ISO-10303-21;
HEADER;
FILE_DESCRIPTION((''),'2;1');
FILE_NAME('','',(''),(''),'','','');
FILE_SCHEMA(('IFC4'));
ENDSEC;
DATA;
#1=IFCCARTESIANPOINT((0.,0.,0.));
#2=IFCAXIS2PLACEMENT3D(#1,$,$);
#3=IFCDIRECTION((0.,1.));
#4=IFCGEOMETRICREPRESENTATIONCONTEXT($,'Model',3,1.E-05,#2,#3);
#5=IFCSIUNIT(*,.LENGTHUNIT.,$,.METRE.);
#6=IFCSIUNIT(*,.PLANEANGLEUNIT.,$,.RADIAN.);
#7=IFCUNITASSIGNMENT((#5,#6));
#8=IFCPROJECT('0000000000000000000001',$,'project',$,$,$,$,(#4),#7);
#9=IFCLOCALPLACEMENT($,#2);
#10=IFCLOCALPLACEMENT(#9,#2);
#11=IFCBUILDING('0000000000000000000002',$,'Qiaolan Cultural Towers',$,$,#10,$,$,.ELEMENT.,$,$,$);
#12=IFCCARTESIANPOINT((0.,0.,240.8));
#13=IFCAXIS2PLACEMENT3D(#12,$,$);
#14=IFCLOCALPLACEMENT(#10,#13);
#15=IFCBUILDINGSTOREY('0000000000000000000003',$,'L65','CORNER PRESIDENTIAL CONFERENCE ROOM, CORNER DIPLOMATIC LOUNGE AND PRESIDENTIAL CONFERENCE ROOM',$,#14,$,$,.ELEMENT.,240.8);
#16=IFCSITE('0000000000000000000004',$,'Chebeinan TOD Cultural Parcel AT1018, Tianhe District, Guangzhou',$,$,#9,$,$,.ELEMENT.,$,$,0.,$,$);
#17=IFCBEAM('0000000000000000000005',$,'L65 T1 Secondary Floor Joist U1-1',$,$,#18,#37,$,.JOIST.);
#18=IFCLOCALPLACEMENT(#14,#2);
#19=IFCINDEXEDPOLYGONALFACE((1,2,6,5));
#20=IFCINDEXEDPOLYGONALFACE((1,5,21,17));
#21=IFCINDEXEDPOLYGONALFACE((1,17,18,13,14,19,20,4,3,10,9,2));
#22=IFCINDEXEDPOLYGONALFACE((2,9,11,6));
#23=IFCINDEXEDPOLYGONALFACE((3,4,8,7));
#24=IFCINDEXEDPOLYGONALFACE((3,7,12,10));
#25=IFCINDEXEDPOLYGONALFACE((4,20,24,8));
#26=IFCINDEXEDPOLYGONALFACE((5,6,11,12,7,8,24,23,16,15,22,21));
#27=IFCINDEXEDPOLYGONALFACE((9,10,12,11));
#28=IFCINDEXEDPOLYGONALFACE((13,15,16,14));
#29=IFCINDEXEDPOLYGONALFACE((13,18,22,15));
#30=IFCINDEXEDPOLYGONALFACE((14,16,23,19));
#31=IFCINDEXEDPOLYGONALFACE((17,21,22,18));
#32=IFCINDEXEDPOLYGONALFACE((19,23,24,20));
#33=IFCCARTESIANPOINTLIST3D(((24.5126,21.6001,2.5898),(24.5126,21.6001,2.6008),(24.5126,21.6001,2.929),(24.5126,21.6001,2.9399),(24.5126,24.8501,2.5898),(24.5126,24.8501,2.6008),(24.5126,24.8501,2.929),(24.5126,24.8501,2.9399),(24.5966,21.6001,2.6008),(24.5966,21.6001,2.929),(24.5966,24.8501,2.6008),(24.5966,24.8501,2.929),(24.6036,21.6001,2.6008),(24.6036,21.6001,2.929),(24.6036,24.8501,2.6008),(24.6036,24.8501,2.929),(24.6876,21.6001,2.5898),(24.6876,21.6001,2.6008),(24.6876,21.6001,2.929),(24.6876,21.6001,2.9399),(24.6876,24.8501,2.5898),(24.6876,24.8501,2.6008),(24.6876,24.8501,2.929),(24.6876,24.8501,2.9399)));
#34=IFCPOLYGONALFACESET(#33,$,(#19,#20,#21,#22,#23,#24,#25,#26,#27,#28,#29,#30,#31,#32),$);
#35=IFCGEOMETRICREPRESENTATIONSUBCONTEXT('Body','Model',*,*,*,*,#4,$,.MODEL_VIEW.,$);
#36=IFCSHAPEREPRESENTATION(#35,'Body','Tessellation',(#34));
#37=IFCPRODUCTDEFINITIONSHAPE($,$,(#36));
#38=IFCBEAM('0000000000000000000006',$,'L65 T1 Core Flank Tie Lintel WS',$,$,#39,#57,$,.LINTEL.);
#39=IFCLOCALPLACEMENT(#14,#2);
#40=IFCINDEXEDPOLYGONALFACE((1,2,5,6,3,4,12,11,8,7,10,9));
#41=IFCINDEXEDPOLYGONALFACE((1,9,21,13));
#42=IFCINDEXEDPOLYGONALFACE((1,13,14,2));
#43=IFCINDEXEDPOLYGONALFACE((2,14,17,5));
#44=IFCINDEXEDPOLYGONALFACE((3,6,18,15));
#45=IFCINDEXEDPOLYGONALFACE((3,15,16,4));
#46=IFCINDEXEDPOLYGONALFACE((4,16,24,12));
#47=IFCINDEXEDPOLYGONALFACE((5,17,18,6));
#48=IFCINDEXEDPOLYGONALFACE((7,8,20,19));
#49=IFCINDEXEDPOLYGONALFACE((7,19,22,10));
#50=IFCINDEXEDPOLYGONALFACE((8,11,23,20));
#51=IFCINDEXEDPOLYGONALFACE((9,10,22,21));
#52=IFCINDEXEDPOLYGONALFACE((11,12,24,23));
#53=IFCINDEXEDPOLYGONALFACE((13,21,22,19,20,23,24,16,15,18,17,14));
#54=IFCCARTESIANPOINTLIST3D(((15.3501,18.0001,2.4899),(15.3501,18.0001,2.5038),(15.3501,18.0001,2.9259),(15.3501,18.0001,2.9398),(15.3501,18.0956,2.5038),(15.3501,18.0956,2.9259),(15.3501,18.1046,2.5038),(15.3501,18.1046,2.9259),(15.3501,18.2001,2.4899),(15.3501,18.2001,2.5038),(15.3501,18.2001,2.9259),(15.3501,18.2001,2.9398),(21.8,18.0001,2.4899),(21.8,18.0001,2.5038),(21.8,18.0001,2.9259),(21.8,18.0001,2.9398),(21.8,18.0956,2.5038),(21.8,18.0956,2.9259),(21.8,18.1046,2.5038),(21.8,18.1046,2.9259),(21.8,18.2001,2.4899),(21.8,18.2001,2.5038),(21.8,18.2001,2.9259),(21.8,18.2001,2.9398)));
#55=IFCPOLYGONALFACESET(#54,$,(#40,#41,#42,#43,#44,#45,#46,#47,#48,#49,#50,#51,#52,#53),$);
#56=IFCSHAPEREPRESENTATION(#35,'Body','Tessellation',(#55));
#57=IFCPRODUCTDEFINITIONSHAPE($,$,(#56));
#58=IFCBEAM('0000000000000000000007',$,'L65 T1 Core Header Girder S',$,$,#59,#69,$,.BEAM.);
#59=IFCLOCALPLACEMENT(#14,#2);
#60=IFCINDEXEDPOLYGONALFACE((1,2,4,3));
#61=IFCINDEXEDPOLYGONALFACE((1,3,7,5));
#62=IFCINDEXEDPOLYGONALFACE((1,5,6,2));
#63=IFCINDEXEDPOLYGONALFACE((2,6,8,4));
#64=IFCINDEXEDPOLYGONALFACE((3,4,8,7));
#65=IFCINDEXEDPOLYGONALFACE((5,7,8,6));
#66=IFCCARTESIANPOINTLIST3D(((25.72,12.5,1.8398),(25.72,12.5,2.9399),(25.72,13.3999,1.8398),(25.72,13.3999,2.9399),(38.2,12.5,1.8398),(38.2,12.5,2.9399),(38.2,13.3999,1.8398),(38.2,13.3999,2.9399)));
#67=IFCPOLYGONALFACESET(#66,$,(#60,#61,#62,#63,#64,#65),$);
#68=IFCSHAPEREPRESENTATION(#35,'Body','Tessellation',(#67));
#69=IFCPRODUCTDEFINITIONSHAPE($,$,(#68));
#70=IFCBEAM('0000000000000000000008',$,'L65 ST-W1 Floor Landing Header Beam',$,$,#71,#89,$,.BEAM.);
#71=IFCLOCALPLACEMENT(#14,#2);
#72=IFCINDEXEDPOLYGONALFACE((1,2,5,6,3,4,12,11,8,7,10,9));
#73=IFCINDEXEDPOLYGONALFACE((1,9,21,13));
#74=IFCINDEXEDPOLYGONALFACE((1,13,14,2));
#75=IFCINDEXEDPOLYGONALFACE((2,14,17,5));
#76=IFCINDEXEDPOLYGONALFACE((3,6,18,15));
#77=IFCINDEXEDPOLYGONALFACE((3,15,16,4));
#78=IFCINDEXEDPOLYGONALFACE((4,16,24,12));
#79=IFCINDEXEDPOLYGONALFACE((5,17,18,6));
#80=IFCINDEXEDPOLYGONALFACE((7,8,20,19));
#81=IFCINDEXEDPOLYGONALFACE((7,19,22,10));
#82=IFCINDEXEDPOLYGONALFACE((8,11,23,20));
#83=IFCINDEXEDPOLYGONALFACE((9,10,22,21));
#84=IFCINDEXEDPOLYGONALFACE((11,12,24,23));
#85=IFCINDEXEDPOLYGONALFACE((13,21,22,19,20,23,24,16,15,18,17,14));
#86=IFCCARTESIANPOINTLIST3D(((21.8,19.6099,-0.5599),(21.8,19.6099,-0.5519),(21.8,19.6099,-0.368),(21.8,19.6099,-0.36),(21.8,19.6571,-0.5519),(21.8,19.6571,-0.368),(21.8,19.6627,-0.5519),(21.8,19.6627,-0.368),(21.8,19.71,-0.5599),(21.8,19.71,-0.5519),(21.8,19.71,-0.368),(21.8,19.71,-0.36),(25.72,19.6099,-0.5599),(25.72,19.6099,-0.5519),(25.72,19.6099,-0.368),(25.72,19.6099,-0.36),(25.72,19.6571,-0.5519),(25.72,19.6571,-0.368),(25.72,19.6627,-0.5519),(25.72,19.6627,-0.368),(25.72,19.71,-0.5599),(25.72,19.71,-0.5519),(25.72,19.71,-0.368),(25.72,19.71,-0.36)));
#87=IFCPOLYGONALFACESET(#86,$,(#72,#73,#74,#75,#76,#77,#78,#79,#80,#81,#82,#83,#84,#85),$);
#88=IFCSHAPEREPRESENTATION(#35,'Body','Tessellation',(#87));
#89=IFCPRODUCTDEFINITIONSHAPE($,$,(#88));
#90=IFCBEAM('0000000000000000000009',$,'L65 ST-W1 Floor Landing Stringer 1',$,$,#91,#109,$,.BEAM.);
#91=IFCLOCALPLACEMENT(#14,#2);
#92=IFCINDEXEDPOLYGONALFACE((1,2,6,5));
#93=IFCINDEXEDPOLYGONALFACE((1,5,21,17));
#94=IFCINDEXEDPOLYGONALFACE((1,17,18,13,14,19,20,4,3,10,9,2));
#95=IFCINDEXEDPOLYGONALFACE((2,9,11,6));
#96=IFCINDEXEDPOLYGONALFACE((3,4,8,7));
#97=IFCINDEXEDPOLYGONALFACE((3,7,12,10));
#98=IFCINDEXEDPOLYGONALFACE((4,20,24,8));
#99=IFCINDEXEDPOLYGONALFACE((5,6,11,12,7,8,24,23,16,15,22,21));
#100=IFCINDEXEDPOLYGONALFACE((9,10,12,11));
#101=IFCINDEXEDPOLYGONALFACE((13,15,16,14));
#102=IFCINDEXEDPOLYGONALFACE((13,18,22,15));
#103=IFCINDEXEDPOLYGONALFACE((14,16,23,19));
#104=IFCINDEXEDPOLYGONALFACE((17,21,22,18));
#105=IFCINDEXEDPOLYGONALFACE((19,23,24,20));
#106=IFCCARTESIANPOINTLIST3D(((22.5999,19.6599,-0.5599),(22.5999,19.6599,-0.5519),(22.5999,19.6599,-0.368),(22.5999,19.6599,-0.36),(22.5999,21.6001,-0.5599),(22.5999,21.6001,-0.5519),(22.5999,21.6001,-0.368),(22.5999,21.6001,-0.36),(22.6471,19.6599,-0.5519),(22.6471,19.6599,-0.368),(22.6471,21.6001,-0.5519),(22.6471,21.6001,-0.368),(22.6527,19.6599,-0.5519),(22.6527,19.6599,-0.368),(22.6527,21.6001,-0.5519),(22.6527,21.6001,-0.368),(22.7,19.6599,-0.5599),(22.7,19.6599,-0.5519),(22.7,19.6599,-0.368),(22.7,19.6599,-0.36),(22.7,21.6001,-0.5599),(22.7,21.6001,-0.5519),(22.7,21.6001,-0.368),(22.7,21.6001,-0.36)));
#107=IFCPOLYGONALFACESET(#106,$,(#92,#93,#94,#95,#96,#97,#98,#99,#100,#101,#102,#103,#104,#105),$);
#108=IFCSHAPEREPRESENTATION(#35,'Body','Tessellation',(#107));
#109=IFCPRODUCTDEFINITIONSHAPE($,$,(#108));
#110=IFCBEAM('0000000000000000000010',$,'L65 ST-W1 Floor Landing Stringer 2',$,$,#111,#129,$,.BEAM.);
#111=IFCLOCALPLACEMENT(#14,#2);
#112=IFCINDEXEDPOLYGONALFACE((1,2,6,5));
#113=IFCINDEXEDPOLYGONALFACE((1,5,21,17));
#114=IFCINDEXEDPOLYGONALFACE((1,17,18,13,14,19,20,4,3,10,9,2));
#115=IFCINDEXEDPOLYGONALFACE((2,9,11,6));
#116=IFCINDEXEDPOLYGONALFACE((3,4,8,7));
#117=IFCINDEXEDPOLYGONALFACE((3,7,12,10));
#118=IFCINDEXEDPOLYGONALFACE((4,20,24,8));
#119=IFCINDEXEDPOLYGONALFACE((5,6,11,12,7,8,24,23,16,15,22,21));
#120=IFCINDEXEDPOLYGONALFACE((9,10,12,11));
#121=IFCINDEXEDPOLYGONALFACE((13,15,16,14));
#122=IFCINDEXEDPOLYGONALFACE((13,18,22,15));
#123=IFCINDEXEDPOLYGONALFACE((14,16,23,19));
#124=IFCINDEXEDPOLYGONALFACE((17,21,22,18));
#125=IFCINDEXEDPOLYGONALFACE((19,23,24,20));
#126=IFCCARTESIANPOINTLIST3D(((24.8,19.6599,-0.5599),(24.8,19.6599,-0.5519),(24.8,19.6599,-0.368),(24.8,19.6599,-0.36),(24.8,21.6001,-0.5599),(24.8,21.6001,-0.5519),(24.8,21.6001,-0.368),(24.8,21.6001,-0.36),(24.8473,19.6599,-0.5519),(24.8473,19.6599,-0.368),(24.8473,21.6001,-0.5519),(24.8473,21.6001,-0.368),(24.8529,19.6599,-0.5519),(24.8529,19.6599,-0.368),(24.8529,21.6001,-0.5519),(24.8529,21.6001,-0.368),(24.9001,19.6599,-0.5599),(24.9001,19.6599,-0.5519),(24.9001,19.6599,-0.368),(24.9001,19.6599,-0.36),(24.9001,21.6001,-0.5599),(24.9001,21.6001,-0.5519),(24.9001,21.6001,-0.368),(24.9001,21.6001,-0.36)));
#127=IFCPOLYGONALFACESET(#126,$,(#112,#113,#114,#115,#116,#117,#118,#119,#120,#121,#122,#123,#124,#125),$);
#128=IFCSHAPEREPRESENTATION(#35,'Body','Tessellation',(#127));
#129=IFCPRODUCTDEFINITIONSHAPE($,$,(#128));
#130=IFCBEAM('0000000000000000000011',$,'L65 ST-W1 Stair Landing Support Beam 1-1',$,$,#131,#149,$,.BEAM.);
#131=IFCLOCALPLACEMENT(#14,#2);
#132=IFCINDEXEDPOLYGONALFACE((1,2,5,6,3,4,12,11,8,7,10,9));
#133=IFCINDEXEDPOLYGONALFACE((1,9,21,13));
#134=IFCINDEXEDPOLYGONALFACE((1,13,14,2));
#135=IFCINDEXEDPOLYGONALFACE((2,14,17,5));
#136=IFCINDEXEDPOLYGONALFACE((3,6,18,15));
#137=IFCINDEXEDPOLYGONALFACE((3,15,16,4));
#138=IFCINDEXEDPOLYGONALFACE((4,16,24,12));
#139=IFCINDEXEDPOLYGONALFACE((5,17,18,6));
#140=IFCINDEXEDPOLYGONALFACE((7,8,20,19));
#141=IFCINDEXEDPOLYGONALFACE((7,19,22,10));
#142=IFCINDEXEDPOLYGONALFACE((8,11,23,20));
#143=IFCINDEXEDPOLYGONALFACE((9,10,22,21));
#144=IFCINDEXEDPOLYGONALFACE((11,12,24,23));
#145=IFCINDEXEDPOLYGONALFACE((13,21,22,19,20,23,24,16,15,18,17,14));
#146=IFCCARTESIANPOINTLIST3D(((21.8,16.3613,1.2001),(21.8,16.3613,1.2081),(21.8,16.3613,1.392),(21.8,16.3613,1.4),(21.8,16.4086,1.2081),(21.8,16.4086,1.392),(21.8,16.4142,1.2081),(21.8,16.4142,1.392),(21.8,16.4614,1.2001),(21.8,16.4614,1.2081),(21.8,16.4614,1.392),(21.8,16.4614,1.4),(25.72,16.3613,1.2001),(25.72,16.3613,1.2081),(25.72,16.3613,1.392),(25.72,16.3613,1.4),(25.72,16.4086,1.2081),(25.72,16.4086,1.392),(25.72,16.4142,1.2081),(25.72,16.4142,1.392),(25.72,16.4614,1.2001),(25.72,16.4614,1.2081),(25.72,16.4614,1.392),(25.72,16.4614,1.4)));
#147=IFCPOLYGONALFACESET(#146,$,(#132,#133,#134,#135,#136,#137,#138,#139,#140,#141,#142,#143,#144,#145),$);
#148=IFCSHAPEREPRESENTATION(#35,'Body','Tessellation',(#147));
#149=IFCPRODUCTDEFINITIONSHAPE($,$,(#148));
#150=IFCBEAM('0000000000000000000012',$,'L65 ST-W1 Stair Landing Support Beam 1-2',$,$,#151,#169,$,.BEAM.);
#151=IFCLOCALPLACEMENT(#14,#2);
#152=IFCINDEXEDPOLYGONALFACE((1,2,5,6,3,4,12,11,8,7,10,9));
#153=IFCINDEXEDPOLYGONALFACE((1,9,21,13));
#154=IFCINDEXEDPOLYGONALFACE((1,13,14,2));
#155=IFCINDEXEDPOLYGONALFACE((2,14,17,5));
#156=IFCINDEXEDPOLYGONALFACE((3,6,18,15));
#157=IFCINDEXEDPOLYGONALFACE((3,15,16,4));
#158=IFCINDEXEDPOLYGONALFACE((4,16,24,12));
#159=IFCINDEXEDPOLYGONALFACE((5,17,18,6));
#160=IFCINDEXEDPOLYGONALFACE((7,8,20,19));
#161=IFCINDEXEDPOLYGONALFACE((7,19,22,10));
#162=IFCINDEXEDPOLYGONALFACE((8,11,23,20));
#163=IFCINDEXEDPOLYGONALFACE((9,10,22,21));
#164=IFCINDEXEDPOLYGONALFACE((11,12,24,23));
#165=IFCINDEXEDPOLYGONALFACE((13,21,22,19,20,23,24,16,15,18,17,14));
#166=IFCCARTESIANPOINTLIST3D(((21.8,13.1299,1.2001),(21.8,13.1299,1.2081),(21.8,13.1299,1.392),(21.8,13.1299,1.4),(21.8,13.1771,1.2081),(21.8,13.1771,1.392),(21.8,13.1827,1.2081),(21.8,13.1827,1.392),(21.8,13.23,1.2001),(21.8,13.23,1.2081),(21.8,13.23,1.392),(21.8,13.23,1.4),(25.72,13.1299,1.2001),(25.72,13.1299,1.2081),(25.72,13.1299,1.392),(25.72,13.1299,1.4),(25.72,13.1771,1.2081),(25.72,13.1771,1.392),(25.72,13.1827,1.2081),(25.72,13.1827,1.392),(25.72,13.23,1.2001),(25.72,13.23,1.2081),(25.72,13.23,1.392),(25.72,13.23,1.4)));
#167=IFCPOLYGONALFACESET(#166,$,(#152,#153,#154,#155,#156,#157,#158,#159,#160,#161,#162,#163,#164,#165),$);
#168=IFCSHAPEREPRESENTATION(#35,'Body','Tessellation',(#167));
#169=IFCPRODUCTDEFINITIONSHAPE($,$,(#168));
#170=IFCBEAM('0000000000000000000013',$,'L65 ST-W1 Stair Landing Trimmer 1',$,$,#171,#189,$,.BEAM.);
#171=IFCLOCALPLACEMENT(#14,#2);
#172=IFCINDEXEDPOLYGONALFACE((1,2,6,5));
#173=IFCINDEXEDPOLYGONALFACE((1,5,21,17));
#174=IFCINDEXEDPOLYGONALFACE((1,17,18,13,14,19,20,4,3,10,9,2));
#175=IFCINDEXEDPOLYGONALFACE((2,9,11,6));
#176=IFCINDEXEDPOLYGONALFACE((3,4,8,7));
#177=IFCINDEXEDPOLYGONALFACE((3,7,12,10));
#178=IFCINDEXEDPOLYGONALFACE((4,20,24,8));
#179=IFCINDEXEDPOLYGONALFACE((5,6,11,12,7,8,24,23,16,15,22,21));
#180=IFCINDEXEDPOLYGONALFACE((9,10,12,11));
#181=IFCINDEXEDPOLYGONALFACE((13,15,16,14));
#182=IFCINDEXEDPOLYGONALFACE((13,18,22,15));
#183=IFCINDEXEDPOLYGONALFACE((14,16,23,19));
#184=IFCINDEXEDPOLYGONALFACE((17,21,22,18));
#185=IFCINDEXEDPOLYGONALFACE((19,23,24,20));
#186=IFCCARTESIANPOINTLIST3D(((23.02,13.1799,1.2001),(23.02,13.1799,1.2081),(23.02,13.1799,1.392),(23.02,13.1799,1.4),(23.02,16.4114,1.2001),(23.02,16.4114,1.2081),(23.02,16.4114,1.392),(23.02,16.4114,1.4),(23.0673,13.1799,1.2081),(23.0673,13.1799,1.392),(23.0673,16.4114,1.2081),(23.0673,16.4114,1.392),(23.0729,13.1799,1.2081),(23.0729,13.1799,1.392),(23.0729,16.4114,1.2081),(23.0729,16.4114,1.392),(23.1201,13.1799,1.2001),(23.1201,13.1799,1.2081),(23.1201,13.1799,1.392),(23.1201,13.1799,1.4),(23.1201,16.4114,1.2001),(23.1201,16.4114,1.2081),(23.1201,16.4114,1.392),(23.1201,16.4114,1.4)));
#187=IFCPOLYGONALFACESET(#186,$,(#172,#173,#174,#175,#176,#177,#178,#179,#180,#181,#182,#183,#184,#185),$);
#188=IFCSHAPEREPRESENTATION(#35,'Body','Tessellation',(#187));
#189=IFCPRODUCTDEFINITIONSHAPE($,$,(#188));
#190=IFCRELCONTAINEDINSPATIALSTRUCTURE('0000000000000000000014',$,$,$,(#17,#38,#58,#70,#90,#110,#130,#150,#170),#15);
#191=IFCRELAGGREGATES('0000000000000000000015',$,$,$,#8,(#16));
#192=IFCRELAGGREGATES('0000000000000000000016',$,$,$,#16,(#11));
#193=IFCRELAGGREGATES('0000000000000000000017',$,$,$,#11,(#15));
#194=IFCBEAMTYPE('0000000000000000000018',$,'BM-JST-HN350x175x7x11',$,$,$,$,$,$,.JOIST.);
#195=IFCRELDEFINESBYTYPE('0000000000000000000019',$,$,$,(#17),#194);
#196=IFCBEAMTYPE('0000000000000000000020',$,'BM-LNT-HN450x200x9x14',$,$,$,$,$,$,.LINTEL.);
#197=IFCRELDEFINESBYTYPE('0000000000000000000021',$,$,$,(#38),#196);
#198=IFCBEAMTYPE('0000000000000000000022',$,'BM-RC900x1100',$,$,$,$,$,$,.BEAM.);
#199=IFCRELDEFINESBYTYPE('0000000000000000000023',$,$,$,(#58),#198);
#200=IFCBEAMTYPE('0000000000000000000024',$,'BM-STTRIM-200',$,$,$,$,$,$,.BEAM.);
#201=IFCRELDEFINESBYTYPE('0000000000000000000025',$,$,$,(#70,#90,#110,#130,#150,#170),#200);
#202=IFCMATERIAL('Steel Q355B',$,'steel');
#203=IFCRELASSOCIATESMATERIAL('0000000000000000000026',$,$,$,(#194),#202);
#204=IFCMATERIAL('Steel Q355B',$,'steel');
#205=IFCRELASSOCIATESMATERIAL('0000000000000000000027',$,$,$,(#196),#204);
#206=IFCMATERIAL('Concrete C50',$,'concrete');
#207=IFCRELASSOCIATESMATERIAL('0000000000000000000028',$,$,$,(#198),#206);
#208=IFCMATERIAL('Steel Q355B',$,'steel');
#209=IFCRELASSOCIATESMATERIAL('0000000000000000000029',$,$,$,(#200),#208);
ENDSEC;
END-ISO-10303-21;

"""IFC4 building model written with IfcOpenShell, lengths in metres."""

from ifc_helpers import new_model, si_unit, direction, frame, origin, origin_2d, place, context, subcontext, project, spatial, rectangle, i_section, extrude, material, material_profile, profile_set, type_object, element, save


model = new_model("IFC4")

# Units and contexts
model_context = context("Model", 3, precision=1e-05, world=origin(), true_north=direction((0.0, 1.0)))
body_context = subcontext(model_context, "Body", "Model", "MODEL_VIEW")
ifc_project = project(units=[si_unit("LENGTHUNIT", "METRE"), si_unit("PLANEANGLEUNIT", "RADIAN")], contexts=[model_context])

# Site, building, storey
site_placement = place(None, origin())
site = spatial("IfcSite", under=ifc_project, at=site_placement, Name="Chebeinan TOD Cultural Parcel AT1018, Tianhe District, Guangzhou", CompositionType="ELEMENT", RefElevation=0.0)
building_placement = place(site_placement, origin())
building = spatial("IfcBuilding", under=site, at=building_placement, Name="Qiaolan Cultural Towers", CompositionType="ELEMENT")
storey_placement = place(building_placement, frame((0.0, 0.0, 240.8)))
storey = spatial("IfcBuildingStorey", under=building, at=storey_placement, Name="L65", Description="CORNER PRESIDENTIAL CONFERENCE ROOM, CORNER DIPLOMATIC LOUNGE AND PRESIDENTIAL CONFERENCE ROOM", CompositionType="ELEMENT", Elevation=240.8)

# Beams
ifc_material_1 = material(Name="Steel Q355B", Category="steel")
ifc_material_profile_1 = material_profile(ifc_material_1, i_section(OverallWidth=0.175, OverallDepth=0.3501, WebThickness=0.0071, FlangeThickness=0.011, at=origin_2d()), Name="HN350x175x7x11")
ifc_profile_set_1 = profile_set([ifc_material_profile_1], Name="Steel Q355B")
beam_type_1 = type_object("IfcBeamType", Name="BM-JST-HN350x175x7x11", PredefinedType="JOIST", material=ifc_profile_set_1)
beam_1_placement = place(storey_placement, frame((24.6001, 21.6001, 2.7649), z_axis=(0.0, 1.0, 0.0), x_axis=(-1.0, 0.0, 0.0)))
element("IfcBeam", 1, at=beam_1_placement, inside=storey, type_object=beam_type_1, Name="L65 T1 Secondary Floor Joist U1-1", PredefinedType="JOIST", context=body_context, shape_type="SweptSolid", body=[
    extrude(i_section(OverallWidth=0.175, OverallDepth=0.3501, WebThickness=0.0071, FlangeThickness=0.011, at=origin_2d()), origin(), (0.0, 0.0, 1.0), 3.25),
])
ifc_material_2 = material(Name="Steel Q355B", Category="steel")
ifc_material_profile_2 = material_profile(ifc_material_2, i_section(OverallWidth=0.2, OverallDepth=0.45, WebThickness=0.009, FlangeThickness=0.0139, at=origin_2d()), Name="HN450x200x9x14")
ifc_profile_set_2 = profile_set([ifc_material_profile_2], Name="Steel Q355B")
beam_type_2 = type_object("IfcBeamType", Name="BM-LNT-HN450x200x9x14", PredefinedType="LINTEL", material=ifc_profile_set_2)
beam_2_placement = place(storey_placement, frame((21.8, 18.1001, 2.7148), z_axis=(-1.0, 0.0, 0.0), x_axis=(0.0, -1.0, 0.0)))
element("IfcBeam", 2, at=beam_2_placement, inside=storey, type_object=beam_type_2, Name="L65 T1 Core Flank Tie Lintel WS", PredefinedType="LINTEL", context=body_context, shape_type="SweptSolid", body=[
    extrude(i_section(OverallWidth=0.2, OverallDepth=0.45, WebThickness=0.009, FlangeThickness=0.0139, at=origin_2d()), origin(), (0.0, 0.0, 1.0), 6.45),
])
ifc_material_3 = material(Name="Concrete C50", Category="concrete")
ifc_material_profile_3 = material_profile(ifc_material_3, rectangle(XDim=0.8999, YDim=1.1001, at=origin_2d()), Name="RC900x1100")
ifc_profile_set_3 = profile_set([ifc_material_profile_3], Name="Concrete C50")
beam_type_3 = type_object("IfcBeamType", Name="BM-RC900x1100", PredefinedType="BEAM", material=ifc_profile_set_3)
beam_3_placement = place(storey_placement, frame((25.72, 12.95, 2.3899), z_axis=(1.0, 0.0, 0.0), x_axis=(0.0, 1.0, 0.0)))
element("IfcBeam", 3, at=beam_3_placement, inside=storey, type_object=beam_type_3, Name="L65 T1 Core Header Girder S", PredefinedType="BEAM", context=body_context, shape_type="SweptSolid", body=[
    extrude(rectangle(XDim=0.8999, YDim=1.1001, at=origin_2d()), origin(), (0.0, 0.0, 1.0), 12.48),
])
ifc_material_4 = material(Name="Steel Q355B", Category="steel")
ifc_material_profile_4 = material_profile(ifc_material_4, i_section(OverallWidth=0.1001, OverallDepth=0.2, WebThickness=0.0056, FlangeThickness=0.0081, at=origin_2d()), Name="HN200x100x5.5x8")
ifc_profile_set_4 = profile_set([ifc_material_profile_4], Name="Steel Q355B")
beam_type_4 = type_object("IfcBeamType", Name="BM-STTRIM-200", PredefinedType="BEAM", material=ifc_profile_set_4)
beam_4_placement = place(storey_placement, frame((21.8, 19.6599, -0.46), z_axis=(1.0, 0.0, 0.0), x_axis=(0.0, 1.0, 0.0)))
element("IfcBeam", 4, at=beam_4_placement, inside=storey, type_object=beam_type_4, Name="L65 ST-W1 Floor Landing Header Beam", PredefinedType="BEAM", context=body_context, shape_type="SweptSolid", body=[
    extrude(i_section(OverallWidth=0.1001, OverallDepth=0.2, WebThickness=0.0056, FlangeThickness=0.0081, at=origin_2d()), origin(), (0.0, 0.0, 1.0), 3.9199),
])
for number, where, z_axis, x_axis, name in (
    (5, (22.6499, 21.6001, -0.46), (0.0, -1.0, 0.0), (1.0, 0.0, 0.0), "L65 ST-W1 Floor Landing Stringer 1"),
    (6, (24.8501, 21.6001, -0.46), (0.0, -1.0, 0.0), (1.0, 0.0, 0.0), "L65 ST-W1 Floor Landing Stringer 2"),
):
    element("IfcBeam", number, at=place(storey_placement, frame(where, z_axis=z_axis, x_axis=x_axis)), inside=storey, type_object=beam_type_4, Name=name, PredefinedType="BEAM", context=body_context, shape_type="SweptSolid", body=[
        extrude(i_section(OverallWidth=0.1001, OverallDepth=0.2, WebThickness=0.0056, FlangeThickness=0.0081, at=origin_2d()), origin(), (0.0, 0.0, 1.0), 1.9402),
    ])
for number, where, z_axis, x_axis, name in (
    (7, (21.8, 16.4114, 1.3), (1.0, 0.0, 0.0), (0.0, 1.0, 0.0), "L65 ST-W1 Stair Landing Support Beam 1-1"),
    (8, (21.8, 13.1799, 1.3), (1.0, 0.0, 0.0), (0.0, 1.0, 0.0), "L65 ST-W1 Stair Landing Support Beam 1-2"),
):
    element("IfcBeam", number, at=place(storey_placement, frame(where, z_axis=z_axis, x_axis=x_axis)), inside=storey, type_object=beam_type_4, Name=name, PredefinedType="BEAM", context=body_context, shape_type="SweptSolid", body=[
        extrude(i_section(OverallWidth=0.1001, OverallDepth=0.2, WebThickness=0.0056, FlangeThickness=0.0081, at=origin_2d()), origin(), (0.0, 0.0, 1.0), 3.9199),
    ])
beam_5_placement = place(storey_placement, frame((23.0701, 16.4114, 1.3), z_axis=(0.0, -1.0, 0.0), x_axis=(1.0, 0.0, 0.0)))
element("IfcBeam", 9, at=beam_5_placement, inside=storey, type_object=beam_type_4, Name="L65 ST-W1 Stair Landing Trimmer 1", PredefinedType="BEAM", context=body_context, shape_type="SweptSolid", body=[
    extrude(i_section(OverallWidth=0.1001, OverallDepth=0.2, WebThickness=0.0056, FlangeThickness=0.0081, at=origin_2d()), origin(), (0.0, 0.0, 1.0), 3.2314),
])

save(model, "model.ifc")
